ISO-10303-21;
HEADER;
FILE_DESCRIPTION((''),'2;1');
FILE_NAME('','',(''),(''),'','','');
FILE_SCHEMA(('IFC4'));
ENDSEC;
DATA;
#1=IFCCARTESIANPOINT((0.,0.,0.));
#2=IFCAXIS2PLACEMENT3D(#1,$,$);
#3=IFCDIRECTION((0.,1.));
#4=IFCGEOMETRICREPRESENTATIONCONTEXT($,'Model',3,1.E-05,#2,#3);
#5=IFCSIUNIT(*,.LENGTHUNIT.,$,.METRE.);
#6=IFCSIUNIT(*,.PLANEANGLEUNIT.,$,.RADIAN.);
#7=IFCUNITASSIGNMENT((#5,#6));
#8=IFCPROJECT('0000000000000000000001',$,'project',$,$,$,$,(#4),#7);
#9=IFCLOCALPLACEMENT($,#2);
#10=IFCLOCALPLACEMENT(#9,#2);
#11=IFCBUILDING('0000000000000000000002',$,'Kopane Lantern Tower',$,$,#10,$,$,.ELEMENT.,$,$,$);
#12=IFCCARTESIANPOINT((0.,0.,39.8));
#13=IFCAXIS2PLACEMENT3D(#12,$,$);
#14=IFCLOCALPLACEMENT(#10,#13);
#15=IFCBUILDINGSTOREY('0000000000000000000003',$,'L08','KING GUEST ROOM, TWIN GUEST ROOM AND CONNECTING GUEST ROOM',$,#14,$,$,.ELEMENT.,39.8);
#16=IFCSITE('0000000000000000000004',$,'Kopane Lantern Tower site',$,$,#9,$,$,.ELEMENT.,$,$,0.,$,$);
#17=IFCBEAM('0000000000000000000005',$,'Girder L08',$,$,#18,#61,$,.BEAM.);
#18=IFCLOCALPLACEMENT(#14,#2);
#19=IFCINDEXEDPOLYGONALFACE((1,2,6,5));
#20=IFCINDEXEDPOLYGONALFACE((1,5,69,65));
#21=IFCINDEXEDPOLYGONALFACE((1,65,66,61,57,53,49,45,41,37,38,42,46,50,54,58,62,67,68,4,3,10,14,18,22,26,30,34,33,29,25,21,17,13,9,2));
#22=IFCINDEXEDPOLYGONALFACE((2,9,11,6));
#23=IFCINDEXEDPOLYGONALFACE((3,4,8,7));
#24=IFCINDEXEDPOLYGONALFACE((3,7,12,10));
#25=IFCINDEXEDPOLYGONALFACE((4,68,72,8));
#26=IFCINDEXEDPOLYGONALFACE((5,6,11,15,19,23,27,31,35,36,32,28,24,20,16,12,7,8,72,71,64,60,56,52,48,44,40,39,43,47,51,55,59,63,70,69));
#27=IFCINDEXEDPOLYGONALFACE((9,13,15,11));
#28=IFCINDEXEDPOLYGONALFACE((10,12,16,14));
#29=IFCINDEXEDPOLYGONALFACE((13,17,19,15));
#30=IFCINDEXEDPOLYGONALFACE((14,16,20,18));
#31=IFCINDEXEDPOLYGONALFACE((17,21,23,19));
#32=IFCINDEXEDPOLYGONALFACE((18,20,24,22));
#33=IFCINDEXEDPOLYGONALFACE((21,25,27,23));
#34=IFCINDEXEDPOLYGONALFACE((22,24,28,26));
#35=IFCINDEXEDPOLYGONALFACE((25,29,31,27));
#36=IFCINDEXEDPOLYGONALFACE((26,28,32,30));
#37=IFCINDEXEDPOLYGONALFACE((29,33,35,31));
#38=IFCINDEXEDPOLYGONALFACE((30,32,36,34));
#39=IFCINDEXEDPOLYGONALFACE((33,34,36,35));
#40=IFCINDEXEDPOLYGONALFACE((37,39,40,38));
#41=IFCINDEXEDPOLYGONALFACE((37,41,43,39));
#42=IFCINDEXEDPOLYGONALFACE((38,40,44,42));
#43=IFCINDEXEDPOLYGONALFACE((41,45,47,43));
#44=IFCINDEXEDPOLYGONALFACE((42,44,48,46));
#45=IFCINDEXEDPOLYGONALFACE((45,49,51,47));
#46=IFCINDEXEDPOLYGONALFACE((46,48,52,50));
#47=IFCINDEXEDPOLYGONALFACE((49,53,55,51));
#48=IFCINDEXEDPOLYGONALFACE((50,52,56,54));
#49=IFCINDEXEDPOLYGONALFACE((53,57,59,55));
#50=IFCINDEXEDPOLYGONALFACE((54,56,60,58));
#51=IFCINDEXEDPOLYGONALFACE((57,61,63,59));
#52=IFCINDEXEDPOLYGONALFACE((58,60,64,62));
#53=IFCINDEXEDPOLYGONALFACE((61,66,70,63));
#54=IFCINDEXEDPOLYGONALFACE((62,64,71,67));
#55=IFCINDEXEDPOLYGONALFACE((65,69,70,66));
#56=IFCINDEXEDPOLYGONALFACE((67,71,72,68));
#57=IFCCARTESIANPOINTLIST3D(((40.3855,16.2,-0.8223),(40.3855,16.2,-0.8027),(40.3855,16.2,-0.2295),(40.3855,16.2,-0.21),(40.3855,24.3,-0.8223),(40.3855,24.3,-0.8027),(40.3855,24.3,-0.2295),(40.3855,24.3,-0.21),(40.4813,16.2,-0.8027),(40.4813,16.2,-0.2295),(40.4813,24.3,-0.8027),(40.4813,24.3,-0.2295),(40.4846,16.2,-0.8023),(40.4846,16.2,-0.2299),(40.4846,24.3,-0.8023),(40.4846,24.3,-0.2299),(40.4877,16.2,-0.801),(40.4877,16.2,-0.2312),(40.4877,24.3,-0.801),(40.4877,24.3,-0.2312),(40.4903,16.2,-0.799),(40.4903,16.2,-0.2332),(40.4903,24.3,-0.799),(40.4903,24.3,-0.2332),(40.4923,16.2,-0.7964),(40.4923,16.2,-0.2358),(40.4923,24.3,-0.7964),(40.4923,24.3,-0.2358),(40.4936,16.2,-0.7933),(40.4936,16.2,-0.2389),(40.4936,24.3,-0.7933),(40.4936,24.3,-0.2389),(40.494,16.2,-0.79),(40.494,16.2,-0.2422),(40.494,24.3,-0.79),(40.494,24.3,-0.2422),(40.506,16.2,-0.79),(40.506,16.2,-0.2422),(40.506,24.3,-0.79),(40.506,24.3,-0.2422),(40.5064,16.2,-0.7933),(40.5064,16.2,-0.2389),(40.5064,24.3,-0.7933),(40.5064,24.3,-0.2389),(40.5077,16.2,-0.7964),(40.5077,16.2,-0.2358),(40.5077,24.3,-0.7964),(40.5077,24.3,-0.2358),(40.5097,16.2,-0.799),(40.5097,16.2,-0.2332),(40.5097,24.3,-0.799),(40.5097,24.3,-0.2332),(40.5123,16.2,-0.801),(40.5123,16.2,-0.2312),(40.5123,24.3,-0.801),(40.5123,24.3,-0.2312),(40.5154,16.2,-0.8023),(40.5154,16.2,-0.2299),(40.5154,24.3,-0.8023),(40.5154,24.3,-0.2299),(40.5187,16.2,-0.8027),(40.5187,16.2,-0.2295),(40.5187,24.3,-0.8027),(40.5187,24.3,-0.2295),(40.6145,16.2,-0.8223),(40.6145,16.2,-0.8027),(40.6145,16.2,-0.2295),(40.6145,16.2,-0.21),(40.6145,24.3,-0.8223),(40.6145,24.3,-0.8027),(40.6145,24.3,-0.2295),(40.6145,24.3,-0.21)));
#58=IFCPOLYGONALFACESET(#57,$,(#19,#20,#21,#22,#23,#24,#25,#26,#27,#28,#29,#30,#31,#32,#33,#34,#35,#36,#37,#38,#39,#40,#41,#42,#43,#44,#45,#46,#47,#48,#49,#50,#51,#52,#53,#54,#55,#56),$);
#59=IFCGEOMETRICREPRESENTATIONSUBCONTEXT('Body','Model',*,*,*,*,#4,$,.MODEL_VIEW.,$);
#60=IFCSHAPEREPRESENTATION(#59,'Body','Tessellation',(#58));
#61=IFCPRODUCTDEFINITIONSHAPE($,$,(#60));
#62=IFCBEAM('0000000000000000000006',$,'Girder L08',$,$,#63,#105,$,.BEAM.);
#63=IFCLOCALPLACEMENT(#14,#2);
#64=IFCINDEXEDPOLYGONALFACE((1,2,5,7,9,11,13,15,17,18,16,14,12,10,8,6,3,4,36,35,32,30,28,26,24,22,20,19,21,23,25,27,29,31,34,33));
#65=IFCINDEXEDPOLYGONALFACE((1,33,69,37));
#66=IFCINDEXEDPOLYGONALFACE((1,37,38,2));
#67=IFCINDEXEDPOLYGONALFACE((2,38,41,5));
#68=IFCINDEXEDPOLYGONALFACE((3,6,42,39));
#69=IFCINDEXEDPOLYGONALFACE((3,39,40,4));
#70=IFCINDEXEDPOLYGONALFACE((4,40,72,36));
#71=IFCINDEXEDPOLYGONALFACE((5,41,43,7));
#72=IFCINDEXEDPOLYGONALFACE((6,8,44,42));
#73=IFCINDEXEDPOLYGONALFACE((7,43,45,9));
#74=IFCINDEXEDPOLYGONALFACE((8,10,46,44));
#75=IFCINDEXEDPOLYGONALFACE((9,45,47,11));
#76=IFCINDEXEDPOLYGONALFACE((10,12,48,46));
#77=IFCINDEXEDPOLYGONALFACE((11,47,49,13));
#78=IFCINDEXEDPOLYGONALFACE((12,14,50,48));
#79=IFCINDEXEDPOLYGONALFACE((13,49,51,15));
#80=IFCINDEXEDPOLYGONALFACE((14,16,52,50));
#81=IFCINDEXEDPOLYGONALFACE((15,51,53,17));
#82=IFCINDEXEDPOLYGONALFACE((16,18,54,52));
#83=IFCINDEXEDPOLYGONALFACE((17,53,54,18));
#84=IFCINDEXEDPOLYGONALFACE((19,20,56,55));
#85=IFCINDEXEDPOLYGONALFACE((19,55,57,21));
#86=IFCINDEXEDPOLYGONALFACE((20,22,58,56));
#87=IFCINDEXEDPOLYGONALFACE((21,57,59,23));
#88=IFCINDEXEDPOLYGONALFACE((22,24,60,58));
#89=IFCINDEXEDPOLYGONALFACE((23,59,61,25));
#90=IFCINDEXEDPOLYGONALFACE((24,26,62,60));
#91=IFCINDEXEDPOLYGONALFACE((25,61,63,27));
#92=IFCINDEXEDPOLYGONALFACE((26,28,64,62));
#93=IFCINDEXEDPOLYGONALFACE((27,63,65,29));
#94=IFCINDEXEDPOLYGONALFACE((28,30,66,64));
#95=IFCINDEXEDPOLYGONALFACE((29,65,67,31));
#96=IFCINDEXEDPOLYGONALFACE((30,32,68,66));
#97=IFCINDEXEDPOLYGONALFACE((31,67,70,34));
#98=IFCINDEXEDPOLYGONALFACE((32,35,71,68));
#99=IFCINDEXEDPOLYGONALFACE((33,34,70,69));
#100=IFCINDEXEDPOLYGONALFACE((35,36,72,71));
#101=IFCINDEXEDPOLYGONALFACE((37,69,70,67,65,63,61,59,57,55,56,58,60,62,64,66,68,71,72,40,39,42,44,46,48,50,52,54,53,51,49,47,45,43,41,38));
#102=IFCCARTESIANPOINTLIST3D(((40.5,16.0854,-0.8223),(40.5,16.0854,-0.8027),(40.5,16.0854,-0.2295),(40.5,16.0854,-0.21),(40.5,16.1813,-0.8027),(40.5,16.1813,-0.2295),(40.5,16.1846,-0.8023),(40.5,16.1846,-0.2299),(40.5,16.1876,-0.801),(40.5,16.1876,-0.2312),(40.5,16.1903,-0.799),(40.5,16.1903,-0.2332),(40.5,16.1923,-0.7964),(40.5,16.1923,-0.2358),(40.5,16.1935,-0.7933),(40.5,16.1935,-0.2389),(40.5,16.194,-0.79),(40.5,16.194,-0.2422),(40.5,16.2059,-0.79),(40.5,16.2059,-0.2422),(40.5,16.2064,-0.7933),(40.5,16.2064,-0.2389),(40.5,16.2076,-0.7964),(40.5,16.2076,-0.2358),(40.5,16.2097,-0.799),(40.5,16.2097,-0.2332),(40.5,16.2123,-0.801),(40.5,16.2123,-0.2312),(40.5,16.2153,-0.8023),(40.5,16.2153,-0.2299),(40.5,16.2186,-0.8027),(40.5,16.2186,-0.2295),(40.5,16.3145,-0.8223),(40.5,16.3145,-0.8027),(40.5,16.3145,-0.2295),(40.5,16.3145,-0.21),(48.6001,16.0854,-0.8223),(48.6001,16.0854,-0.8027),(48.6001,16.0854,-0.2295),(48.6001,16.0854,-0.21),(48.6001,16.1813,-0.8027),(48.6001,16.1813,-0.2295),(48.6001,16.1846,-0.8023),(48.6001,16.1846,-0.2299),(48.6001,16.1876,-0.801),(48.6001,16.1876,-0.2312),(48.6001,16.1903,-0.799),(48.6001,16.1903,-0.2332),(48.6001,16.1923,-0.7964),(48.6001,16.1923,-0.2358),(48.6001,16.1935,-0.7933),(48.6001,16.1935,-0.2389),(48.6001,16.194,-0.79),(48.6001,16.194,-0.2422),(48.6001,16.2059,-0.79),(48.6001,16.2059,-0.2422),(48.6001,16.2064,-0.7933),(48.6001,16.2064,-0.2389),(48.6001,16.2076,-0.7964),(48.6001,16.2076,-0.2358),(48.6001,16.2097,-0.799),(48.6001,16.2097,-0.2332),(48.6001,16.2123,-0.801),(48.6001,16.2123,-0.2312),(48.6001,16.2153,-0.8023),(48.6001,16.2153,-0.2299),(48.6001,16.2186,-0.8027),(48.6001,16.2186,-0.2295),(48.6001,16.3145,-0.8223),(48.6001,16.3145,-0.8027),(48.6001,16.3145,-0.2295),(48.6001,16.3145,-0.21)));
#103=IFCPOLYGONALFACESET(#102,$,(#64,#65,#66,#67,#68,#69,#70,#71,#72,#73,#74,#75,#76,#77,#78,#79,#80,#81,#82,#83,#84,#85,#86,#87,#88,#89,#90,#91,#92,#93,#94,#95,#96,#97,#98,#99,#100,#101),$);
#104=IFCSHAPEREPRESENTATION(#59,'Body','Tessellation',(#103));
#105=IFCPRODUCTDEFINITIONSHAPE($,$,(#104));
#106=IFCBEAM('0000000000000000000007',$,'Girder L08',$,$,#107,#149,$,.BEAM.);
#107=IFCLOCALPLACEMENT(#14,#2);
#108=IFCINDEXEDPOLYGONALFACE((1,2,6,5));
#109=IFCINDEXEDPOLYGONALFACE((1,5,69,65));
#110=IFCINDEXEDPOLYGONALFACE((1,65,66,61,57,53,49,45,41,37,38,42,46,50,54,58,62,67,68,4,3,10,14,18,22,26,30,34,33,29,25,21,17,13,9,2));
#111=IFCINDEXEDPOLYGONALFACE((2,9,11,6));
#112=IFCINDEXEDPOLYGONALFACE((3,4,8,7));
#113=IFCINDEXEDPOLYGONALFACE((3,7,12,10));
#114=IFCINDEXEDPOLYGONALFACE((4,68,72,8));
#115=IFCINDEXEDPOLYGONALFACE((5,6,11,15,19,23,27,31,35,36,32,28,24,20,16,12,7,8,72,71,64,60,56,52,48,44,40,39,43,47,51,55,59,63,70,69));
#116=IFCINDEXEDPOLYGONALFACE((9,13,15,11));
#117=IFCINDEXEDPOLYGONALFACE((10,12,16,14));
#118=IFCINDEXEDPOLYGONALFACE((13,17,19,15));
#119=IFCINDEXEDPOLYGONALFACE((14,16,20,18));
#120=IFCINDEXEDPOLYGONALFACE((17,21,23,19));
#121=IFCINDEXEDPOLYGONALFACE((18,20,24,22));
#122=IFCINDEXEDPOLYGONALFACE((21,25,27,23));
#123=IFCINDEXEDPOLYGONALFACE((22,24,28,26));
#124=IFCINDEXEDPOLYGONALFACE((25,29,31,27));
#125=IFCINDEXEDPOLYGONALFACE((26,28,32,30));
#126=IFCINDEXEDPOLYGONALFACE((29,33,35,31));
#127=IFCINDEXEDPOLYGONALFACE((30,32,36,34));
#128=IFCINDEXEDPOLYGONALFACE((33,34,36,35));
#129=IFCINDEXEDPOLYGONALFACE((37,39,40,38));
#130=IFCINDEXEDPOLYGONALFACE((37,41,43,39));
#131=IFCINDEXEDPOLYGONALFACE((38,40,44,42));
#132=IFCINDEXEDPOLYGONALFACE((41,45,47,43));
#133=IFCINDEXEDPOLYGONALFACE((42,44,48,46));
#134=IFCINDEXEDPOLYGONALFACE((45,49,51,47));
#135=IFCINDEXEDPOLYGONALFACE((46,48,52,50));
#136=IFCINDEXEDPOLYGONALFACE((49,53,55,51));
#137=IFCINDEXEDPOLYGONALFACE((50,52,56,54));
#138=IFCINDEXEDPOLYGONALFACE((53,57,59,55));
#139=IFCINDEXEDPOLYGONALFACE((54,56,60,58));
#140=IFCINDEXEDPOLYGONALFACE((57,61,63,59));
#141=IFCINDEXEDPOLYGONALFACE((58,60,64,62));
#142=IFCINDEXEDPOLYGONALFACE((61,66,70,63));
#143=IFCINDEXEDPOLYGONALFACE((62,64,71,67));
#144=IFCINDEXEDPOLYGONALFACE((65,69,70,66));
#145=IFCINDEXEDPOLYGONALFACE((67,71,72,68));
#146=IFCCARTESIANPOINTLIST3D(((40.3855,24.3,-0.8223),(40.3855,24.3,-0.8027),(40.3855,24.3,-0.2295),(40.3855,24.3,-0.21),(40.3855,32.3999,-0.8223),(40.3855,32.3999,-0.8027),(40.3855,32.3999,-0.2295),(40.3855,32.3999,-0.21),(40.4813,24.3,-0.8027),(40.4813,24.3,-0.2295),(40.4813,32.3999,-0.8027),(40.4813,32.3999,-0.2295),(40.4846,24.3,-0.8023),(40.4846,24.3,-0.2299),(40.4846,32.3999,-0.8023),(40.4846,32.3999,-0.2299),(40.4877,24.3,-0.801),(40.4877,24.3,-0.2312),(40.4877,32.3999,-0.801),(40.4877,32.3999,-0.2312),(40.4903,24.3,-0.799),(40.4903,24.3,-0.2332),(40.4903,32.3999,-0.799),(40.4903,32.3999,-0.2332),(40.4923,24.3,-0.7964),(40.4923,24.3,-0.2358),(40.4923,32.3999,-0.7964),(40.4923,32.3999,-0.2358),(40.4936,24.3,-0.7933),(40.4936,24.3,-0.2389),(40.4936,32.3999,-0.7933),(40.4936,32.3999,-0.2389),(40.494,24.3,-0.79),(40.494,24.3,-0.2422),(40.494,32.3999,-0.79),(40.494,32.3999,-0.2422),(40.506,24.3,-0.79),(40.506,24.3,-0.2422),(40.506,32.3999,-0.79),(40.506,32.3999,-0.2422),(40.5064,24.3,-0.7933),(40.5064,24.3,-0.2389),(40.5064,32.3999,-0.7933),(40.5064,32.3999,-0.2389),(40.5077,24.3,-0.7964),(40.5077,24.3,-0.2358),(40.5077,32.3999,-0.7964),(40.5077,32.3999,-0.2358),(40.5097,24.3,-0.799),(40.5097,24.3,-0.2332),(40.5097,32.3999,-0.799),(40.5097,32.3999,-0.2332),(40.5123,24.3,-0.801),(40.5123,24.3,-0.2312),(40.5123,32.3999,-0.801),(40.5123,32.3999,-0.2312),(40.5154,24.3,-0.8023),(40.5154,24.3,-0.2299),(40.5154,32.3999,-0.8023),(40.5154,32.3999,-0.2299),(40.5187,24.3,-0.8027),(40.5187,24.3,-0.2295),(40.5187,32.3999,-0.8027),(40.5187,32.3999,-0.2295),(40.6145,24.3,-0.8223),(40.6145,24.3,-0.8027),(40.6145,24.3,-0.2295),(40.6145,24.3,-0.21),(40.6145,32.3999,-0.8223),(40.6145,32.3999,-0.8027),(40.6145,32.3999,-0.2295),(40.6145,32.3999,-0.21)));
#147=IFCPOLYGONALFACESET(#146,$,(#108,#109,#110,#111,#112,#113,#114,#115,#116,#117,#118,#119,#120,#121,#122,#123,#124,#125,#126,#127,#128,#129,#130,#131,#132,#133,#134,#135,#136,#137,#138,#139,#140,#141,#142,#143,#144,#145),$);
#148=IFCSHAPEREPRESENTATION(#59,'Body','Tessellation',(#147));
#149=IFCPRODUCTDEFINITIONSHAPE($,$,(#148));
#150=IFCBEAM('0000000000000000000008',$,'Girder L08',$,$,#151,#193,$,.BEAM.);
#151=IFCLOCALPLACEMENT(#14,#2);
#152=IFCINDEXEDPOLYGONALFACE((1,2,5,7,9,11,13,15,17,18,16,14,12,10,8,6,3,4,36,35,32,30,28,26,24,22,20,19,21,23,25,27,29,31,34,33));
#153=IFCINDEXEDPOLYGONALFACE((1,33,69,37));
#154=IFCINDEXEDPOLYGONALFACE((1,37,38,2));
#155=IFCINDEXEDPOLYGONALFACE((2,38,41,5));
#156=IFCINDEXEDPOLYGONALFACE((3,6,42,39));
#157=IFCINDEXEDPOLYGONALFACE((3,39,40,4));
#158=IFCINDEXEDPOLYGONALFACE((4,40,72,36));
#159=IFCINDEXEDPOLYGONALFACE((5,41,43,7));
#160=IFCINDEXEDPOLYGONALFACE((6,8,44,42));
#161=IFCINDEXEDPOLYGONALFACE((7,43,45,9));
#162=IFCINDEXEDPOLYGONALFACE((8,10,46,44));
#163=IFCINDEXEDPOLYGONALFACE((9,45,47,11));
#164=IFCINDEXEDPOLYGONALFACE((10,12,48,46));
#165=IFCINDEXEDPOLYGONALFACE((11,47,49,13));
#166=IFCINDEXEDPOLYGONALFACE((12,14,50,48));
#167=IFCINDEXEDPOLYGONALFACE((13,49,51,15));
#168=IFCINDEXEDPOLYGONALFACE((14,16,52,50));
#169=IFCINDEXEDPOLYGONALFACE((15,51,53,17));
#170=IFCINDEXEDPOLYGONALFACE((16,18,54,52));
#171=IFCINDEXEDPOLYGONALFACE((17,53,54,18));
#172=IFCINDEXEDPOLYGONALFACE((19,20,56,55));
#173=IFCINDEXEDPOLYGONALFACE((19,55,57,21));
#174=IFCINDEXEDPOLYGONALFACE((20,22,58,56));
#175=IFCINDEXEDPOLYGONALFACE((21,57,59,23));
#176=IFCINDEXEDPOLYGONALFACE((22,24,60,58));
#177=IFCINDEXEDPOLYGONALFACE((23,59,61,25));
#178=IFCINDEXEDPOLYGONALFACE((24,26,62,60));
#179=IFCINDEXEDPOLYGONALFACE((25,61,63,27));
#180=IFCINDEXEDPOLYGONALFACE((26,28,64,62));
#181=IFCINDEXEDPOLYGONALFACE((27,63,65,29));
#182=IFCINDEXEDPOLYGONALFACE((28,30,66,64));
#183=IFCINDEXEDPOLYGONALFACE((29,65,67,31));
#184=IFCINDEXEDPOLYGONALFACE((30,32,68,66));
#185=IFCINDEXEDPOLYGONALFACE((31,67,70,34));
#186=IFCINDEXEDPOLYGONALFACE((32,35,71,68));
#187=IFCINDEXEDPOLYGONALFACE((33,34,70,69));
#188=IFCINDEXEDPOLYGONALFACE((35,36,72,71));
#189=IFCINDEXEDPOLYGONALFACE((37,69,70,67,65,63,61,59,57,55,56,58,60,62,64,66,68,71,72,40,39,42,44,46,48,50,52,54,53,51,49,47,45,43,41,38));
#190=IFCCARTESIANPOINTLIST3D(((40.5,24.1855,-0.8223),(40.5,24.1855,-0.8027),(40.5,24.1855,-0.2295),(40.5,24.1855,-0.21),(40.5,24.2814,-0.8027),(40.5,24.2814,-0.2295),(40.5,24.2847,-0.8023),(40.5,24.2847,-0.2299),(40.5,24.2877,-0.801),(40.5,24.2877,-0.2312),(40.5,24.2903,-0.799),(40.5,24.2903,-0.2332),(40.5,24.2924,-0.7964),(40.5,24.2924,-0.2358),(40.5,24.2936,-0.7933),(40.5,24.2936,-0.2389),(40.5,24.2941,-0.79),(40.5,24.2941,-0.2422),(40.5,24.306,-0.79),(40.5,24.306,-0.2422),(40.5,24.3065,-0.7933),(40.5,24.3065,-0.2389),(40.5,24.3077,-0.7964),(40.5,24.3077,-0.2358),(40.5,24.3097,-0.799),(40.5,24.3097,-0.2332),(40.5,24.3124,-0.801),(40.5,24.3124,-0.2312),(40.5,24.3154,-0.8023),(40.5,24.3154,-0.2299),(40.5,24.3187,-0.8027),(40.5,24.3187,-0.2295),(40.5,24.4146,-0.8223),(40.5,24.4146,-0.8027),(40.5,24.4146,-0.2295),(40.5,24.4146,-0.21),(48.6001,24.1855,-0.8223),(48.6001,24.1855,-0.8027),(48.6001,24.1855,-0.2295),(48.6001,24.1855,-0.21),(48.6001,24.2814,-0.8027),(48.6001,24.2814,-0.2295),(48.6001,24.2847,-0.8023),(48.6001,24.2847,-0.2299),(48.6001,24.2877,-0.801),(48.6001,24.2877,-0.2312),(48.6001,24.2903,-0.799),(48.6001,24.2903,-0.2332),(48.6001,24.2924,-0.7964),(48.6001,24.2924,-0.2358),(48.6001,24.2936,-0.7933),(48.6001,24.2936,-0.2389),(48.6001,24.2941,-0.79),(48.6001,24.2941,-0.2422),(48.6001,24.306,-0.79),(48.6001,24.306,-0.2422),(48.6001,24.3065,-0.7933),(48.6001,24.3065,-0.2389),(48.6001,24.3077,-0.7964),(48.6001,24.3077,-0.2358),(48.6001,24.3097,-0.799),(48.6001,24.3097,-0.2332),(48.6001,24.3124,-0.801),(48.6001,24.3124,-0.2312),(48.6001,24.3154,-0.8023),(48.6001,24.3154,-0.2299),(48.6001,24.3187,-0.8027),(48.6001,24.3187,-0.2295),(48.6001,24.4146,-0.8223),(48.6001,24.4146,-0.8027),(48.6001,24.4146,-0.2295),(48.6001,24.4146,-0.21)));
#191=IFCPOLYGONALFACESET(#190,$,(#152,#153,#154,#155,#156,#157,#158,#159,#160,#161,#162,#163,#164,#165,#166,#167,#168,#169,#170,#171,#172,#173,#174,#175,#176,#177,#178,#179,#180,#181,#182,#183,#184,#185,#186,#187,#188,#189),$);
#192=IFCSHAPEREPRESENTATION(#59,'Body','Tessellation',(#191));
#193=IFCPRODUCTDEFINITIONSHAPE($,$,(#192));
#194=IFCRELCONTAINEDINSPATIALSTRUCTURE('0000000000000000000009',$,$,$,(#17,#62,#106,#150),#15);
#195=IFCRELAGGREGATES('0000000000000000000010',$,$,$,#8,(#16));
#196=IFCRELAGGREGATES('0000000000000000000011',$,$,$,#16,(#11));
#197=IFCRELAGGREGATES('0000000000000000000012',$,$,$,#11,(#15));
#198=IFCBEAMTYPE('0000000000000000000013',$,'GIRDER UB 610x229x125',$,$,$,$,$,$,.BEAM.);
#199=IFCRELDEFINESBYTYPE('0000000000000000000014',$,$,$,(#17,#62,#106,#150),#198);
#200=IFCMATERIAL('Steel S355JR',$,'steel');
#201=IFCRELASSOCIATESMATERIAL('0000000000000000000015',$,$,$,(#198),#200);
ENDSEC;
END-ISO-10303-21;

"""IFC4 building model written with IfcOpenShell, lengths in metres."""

from ifc_helpers import new_model, si_unit, direction, frame, origin, origin_2d, place, context, subcontext, project, spatial, i_section, extrude, material, material_profile, profile_set, type_object, element, save


model = new_model("IFC4")

# Units and contexts
model_context = context("Model", 3, precision=1e-05, world=origin(), true_north=direction((0.0, 1.0)))
body_context = subcontext(model_context, "Body", "Model", "MODEL_VIEW")
ifc_project = project(units=[si_unit("LENGTHUNIT", "METRE"), si_unit("PLANEANGLEUNIT", "RADIAN")], contexts=[model_context])

# Site, building, storey
site_placement = place(None, origin())
site = spatial("IfcSite", under=ifc_project, at=site_placement, Name="Kopane Lantern Tower site", CompositionType="ELEMENT", RefElevation=0.0)
building_placement = place(site_placement, origin())
building = spatial("IfcBuilding", under=site, at=building_placement, Name="Kopane Lantern Tower", CompositionType="ELEMENT")
storey_placement = place(building_placement, frame((0.0, 0.0, 39.8)))
storey = spatial("IfcBuildingStorey", under=building, at=storey_placement, Name="L08", Description="KING GUEST ROOM, TWIN GUEST ROOM AND CONNECTING GUEST ROOM", CompositionType="ELEMENT", Elevation=39.8)

# Beams
ifc_material_1 = material(Name="Steel S355JR", Category="steel")
ifc_material_profile_1 = material_profile(ifc_material_1, i_section(OverallWidth=0.229, OverallDepth=0.6123, WebThickness=0.012, FlangeThickness=0.0195, FilletRadius=0.0127, at=origin_2d()), Name="UB 610x229x125")
ifc_profile_set_1 = profile_set([ifc_material_profile_1], Name="Steel S355JR")
beam_type_1 = type_object("IfcBeamType", Name="GIRDER UB 610x229x125", PredefinedType="BEAM", material=ifc_profile_set_1)
for number, where, z_axis, x_axis, name in (
    (1, (40.5, 16.2, -0.5161), (0.0, 1.0, 0.0), (-1.0, 0.0, 0.0), "Girder L08"),
    (2, (40.5, 16.2, -0.5161), (1.0, 0.0, 0.0), (0.0, 1.0, 0.0), "Girder L08"),
):
    element("IfcBeam", number, at=place(storey_placement, frame(where, z_axis=z_axis, x_axis=x_axis)), inside=storey, type_object=beam_type_1, Name=name, PredefinedType="BEAM", context=body_context, shape_type="SweptSolid", body=[
        extrude(i_section(OverallWidth=0.229, OverallDepth=0.6123, WebThickness=0.012, FlangeThickness=0.0195, FilletRadius=0.0127, at=origin_2d()), origin(), (0.0, 0.0, 1.0), 8.1001),
    ])
beam_1_placement = place(storey_placement, frame((40.5, 24.3, -0.5161), z_axis=(0.0, 1.0, 0.0), x_axis=(-1.0, 0.0, 0.0)))
element("IfcBeam", 3, at=beam_1_placement, inside=storey, type_object=beam_type_1, Name="Girder L08", PredefinedType="BEAM", context=body_context, shape_type="SweptSolid", body=[
    extrude(i_section(OverallWidth=0.229, OverallDepth=0.6123, WebThickness=0.012, FlangeThickness=0.0195, FilletRadius=0.0127, at=origin_2d()), origin(), (0.0, 0.0, 1.0), 8.0999),
])
beam_2_placement = place(storey_placement, frame((40.5, 24.3, -0.5161), z_axis=(1.0, 0.0, 0.0), x_axis=(0.0, 1.0, 0.0)))
element("IfcBeam", 4, at=beam_2_placement, inside=storey, type_object=beam_type_1, Name="Girder L08", PredefinedType="BEAM", context=body_context, shape_type="SweptSolid", body=[
    extrude(i_section(OverallWidth=0.229, OverallDepth=0.6123, WebThickness=0.012, FlangeThickness=0.0195, FilletRadius=0.0127, at=origin_2d()), origin(), (0.0, 0.0, 1.0), 8.1001),
])

save(model, "model.ifc")
